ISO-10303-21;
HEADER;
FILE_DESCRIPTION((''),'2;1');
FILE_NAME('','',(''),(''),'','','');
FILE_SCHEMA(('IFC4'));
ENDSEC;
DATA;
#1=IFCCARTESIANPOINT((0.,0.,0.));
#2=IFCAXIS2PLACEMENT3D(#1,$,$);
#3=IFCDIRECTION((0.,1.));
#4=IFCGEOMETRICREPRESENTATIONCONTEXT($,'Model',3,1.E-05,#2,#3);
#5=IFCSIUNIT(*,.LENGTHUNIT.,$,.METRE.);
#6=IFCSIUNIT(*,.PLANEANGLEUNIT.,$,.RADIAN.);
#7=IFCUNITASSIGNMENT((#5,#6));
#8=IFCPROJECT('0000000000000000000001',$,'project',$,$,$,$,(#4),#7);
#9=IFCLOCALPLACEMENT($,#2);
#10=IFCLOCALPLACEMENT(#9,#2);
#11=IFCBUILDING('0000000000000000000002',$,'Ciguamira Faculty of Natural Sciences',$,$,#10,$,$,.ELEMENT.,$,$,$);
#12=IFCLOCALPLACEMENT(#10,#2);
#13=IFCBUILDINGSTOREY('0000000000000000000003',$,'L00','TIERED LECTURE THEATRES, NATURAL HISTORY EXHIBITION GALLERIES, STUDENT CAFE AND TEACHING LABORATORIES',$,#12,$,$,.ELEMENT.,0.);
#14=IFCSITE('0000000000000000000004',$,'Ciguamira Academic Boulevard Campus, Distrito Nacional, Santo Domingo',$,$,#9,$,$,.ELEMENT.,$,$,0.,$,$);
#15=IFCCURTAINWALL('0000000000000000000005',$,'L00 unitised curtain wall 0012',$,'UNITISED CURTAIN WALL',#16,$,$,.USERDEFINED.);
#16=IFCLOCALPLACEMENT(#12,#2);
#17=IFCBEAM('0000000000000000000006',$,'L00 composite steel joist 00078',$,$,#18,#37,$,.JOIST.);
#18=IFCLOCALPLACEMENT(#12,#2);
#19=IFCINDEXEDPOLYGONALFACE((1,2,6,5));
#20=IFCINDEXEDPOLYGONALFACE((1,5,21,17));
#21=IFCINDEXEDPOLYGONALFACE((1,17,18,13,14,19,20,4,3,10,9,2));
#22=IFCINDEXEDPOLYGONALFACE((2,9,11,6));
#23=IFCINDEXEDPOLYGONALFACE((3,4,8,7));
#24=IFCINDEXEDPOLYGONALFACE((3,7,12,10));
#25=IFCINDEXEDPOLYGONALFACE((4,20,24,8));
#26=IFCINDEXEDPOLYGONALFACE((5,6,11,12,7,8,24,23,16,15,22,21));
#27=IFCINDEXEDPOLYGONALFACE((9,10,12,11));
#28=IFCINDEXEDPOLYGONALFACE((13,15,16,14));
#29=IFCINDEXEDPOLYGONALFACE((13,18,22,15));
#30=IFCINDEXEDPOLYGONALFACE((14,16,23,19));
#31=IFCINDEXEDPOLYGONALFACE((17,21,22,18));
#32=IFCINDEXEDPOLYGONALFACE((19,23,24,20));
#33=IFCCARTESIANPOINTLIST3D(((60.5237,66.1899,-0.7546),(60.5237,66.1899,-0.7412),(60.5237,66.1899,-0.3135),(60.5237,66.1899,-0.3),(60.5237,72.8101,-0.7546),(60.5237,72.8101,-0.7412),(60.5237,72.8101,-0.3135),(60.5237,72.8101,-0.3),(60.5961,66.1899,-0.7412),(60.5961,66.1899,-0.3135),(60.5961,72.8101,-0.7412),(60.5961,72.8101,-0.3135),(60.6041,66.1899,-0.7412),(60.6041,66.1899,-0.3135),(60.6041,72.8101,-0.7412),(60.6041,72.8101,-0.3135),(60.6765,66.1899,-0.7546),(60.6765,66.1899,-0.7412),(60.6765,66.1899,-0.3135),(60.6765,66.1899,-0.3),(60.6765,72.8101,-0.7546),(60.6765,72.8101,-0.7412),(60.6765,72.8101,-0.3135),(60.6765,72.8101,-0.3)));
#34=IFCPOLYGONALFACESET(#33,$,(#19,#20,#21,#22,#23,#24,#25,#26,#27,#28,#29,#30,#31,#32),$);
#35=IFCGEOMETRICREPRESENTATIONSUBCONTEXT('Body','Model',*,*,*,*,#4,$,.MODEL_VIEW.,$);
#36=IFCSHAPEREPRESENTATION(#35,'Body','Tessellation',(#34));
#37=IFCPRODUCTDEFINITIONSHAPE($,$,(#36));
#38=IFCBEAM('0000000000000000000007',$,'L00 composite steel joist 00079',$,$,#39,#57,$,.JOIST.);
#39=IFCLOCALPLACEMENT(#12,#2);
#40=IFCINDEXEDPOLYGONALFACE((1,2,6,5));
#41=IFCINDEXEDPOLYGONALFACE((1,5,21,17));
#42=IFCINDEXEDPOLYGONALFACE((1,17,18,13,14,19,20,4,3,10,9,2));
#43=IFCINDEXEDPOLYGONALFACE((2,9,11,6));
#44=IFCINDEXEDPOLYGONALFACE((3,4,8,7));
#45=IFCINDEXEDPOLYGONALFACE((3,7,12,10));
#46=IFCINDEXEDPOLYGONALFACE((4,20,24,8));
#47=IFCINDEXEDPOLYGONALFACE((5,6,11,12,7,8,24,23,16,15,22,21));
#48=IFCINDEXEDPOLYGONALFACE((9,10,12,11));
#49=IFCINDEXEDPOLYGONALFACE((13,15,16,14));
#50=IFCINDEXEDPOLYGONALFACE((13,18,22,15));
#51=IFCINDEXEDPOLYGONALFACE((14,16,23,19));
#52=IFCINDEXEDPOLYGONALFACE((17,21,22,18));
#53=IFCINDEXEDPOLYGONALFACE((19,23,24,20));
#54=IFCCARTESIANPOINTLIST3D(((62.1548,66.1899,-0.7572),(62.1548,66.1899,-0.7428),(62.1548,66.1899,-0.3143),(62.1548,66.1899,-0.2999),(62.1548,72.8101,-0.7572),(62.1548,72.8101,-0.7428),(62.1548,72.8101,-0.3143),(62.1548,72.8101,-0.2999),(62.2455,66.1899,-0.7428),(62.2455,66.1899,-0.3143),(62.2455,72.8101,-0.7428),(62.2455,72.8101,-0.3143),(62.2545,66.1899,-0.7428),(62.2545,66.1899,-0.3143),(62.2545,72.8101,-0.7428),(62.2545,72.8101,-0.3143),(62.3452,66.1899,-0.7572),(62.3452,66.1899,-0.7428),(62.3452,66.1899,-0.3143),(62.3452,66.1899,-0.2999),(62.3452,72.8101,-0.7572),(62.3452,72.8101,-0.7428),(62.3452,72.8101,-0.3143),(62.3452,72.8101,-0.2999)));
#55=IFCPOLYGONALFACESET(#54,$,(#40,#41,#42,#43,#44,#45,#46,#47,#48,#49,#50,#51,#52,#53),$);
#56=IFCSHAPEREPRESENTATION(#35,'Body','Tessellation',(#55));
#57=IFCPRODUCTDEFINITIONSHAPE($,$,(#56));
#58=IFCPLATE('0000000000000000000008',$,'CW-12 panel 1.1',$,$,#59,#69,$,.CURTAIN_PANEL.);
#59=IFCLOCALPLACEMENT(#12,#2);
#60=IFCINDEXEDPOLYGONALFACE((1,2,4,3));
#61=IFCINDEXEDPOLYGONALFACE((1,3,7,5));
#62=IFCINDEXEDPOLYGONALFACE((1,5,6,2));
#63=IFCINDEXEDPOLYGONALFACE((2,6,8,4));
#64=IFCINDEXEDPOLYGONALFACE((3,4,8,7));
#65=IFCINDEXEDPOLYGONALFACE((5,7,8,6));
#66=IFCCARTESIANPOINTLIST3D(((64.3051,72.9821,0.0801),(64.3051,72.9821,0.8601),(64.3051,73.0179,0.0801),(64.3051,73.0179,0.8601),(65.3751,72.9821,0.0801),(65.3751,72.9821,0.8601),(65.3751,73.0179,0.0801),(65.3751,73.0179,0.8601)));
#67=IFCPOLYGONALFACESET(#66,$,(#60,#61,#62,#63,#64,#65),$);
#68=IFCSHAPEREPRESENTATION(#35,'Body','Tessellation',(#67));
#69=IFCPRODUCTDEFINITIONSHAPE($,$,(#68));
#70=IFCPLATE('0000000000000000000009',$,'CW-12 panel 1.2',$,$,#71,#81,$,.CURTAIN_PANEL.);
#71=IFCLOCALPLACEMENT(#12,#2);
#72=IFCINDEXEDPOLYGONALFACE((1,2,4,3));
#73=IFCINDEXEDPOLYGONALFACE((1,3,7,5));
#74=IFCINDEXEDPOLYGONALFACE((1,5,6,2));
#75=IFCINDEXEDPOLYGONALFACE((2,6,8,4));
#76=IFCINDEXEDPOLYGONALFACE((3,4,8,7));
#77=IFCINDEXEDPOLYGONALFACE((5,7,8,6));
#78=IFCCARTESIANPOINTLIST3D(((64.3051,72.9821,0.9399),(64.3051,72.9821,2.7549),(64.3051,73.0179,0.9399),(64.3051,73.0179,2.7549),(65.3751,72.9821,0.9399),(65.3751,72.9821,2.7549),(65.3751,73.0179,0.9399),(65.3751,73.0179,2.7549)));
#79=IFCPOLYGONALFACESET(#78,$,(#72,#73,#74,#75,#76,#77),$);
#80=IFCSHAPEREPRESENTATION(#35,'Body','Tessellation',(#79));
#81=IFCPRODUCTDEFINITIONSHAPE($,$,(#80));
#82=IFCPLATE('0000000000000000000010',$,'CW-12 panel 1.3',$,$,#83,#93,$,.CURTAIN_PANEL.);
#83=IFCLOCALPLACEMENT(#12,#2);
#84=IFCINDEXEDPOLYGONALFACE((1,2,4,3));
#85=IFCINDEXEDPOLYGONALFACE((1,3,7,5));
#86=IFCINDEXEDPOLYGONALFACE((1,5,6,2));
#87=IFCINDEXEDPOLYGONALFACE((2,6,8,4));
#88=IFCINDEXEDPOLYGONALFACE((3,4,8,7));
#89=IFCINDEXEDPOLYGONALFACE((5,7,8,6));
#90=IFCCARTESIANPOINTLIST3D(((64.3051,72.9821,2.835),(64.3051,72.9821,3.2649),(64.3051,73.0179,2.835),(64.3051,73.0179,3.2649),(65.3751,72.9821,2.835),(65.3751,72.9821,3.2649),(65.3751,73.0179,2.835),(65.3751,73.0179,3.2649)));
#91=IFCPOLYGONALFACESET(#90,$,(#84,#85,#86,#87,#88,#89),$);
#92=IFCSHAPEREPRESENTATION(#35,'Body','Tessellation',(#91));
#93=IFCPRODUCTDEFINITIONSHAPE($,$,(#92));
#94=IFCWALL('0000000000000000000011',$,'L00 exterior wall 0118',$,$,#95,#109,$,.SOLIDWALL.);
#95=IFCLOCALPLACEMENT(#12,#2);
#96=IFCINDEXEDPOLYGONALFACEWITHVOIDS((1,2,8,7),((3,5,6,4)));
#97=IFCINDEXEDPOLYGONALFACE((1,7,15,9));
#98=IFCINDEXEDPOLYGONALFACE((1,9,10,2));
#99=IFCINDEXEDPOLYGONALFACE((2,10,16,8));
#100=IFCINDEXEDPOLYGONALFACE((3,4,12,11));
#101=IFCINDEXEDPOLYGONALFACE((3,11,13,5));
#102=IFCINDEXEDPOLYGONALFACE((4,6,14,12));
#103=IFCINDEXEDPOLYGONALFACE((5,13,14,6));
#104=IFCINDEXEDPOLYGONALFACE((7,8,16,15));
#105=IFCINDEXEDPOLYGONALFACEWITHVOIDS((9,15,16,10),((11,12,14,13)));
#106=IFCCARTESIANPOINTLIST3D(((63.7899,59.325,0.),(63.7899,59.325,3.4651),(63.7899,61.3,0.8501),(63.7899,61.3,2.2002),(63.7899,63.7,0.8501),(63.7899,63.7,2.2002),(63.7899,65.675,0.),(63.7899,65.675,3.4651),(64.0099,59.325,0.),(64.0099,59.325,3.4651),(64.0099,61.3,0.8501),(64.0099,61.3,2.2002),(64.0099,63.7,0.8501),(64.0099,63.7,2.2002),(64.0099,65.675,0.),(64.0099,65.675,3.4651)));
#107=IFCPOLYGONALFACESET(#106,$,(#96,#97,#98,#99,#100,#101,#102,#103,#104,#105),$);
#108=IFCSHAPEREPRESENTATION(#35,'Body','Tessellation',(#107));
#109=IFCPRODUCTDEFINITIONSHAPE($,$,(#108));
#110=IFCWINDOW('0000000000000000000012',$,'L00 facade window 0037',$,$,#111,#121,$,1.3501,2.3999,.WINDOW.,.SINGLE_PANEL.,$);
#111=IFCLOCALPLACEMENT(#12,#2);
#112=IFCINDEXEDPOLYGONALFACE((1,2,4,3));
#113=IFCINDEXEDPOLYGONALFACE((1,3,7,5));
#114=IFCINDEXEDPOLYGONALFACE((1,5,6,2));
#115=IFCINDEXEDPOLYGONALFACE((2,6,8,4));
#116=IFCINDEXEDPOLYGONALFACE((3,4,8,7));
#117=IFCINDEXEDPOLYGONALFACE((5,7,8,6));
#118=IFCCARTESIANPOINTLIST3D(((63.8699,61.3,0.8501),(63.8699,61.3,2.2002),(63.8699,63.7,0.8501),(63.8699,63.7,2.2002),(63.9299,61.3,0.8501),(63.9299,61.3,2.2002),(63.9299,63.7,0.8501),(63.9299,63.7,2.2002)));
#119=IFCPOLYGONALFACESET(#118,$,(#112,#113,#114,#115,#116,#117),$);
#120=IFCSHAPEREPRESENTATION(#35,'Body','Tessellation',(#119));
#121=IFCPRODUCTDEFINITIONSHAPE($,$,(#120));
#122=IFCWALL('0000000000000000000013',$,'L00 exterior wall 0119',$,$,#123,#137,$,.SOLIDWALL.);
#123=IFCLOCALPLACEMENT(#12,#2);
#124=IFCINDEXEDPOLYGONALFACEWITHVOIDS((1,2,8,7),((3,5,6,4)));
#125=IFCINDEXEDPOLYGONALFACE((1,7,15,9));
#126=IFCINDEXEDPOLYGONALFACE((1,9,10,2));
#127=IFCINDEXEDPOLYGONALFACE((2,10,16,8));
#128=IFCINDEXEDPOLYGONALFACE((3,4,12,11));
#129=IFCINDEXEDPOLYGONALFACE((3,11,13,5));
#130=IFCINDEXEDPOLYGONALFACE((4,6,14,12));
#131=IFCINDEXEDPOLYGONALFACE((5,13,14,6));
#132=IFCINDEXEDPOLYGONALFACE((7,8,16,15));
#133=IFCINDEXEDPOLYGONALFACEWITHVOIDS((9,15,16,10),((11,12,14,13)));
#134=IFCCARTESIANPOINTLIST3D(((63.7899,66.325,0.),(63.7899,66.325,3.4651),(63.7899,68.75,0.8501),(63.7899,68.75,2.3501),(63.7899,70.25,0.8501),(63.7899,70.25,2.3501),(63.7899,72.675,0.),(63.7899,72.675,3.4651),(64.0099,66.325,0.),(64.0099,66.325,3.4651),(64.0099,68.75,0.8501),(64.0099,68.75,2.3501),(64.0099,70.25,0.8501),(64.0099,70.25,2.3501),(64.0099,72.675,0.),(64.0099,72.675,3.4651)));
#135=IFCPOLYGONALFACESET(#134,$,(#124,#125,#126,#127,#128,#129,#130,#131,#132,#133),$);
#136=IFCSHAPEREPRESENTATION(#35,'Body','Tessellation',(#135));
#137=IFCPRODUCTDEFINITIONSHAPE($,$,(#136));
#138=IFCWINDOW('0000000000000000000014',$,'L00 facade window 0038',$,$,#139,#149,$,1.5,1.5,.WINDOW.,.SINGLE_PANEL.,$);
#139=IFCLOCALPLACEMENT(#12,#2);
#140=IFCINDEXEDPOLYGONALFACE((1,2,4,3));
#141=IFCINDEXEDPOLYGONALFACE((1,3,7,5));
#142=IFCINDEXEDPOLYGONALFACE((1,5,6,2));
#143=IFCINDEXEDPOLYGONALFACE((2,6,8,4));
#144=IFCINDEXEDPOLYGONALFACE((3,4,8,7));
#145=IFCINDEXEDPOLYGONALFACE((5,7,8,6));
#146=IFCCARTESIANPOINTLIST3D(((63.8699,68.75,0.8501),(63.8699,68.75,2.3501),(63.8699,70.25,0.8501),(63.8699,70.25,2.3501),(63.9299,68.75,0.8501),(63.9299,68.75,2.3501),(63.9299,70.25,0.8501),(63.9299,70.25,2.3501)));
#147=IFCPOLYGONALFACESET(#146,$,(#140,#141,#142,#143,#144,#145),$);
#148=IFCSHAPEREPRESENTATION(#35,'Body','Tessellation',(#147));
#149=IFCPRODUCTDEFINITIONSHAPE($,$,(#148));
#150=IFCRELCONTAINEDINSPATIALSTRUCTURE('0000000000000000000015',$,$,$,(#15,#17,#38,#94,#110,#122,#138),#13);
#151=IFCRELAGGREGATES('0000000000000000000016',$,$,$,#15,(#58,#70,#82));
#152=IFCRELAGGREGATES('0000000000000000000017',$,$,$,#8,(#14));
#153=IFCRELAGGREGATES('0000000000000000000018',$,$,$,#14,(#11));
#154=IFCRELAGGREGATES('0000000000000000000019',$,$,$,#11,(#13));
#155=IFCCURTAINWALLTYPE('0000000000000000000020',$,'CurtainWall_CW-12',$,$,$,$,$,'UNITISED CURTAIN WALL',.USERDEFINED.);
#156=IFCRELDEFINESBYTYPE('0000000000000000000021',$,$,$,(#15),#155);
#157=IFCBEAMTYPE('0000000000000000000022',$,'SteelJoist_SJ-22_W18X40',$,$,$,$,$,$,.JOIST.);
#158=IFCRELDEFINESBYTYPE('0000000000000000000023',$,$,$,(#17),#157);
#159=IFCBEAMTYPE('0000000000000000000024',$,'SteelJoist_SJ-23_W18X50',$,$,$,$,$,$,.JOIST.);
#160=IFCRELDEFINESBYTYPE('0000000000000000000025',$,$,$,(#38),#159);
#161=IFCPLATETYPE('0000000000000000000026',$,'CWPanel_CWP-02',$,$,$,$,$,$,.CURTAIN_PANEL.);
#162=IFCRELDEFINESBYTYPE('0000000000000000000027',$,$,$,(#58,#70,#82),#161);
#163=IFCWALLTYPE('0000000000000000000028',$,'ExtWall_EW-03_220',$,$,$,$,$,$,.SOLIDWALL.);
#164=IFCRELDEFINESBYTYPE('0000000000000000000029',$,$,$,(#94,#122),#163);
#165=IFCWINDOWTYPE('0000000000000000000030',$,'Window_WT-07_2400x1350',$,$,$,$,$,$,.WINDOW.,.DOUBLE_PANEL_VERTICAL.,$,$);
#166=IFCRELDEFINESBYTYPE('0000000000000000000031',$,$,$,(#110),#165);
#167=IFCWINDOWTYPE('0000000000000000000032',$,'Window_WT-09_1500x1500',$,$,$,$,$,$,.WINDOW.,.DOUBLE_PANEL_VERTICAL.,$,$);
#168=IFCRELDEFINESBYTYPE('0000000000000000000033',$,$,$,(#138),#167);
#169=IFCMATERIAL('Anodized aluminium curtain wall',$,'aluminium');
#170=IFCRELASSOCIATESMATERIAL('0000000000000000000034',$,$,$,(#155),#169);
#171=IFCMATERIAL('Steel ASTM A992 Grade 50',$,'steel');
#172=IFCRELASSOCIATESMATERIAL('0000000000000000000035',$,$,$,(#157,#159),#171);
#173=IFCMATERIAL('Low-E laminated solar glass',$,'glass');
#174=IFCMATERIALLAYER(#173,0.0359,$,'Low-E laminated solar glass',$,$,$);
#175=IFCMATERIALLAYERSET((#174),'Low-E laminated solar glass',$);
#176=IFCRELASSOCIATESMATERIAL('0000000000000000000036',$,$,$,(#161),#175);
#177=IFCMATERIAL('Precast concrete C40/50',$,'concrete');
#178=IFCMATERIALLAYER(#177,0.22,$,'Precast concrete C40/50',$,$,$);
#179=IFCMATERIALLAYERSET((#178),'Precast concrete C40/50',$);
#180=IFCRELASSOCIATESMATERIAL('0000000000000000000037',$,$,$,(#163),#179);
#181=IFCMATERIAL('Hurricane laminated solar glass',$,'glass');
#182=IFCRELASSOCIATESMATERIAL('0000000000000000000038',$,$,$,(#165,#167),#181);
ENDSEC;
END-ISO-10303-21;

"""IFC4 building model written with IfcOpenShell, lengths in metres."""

from ifc_helpers import new_model, si_unit, direction, frame, frame_2d, origin, origin_2d, place, context, subcontext, project, spatial, rectangle, i_section, extrude, material, layer, layer_set, material_profile, profile_set, type_object, element, fill, aggregate, save


model = new_model("IFC4")

# Units and contexts
model_context = context("Model", 3, precision=1e-05, world=origin(), true_north=direction((0.0, 1.0)))
body_context = subcontext(model_context, "Body", "Model", "MODEL_VIEW")
ifc_project = project(units=[si_unit("LENGTHUNIT", "METRE"), si_unit("PLANEANGLEUNIT", "RADIAN")], contexts=[model_context])

# Site, building, storey
site_placement = place(None, origin())
site = spatial("IfcSite", under=ifc_project, at=site_placement, Name="Ciguamira Academic Boulevard Campus, Distrito Nacional, Santo Domingo", CompositionType="ELEMENT", RefElevation=0.0)
building_placement = place(site_placement, origin())
building = spatial("IfcBuilding", under=site, at=building_placement, Name="Ciguamira Faculty of Natural Sciences", CompositionType="ELEMENT")
storey_placement = place(building_placement, origin())
storey = spatial("IfcBuildingStorey", under=building, at=storey_placement, Name="L00", Description="TIERED LECTURE THEATRES, NATURAL HISTORY EXHIBITION GALLERIES, STUDENT CAFE AND TEACHING LABORATORIES", CompositionType="ELEMENT", Elevation=0.0)

# Curtain wall
ifc_material_1 = material(Name="Anodized aluminium curtain wall", Category="aluminium")
curtain_wall_type = type_object("IfcCurtainWallType", Name="CurtainWall_CW-12", ElementType="UNITISED CURTAIN WALL", PredefinedType="USERDEFINED", material=ifc_material_1)
curtain_wall_placement = place(storey_placement, origin())
curtain_wall = element("IfcCurtainWall", 1, at=curtain_wall_placement, inside=storey, type_object=curtain_wall_type, Name="L00 unitised curtain wall 0012", ObjectType="UNITISED CURTAIN WALL", PredefinedType="USERDEFINED")

# Beams
ifc_material_2 = material(Name="Precast concrete C40/50", Category="concrete")
ifc_material_3 = material(Name="Steel ASTM A992 Grade 50", Category="steel")
ifc_material_profile_1 = material_profile(ifc_material_3, i_section(OverallWidth=0.1528, OverallDepth=0.4546, WebThickness=0.0081, FlangeThickness=0.0134, at=origin_2d()), Name="W18X40")
ifc_profile_set_1 = profile_set([ifc_material_profile_1], Name="Steel ASTM A992 Grade 50")
beam_type_1 = type_object("IfcBeamType", Name="SteelJoist_SJ-22_W18X40", PredefinedType="JOIST", material=ifc_profile_set_1)
beam_1_placement = place(storey_placement, frame((60.6001, 66.1899, -0.5273), z_axis=(0.0, 1.0, 0.0), x_axis=(-1.0, 0.0, 0.0)))
element("IfcBeam", 2, at=beam_1_placement, inside=storey, type_object=beam_type_1, Name="L00 composite steel joist 00078", PredefinedType="JOIST", context=body_context, shape_type="SweptSolid", body=[
    extrude(i_section(OverallWidth=0.1528, OverallDepth=0.4546, WebThickness=0.0081, FlangeThickness=0.0134, at=origin_2d()), origin(), (0.0, 0.0, 1.0), 6.6201),
])
ifc_material_profile_2 = material_profile(ifc_material_3, i_section(OverallWidth=0.1904, OverallDepth=0.4573, WebThickness=0.009, FlangeThickness=0.0144, at=origin_2d()), Name="W18X50")
ifc_profile_set_2 = profile_set([ifc_material_profile_2], Name="Steel ASTM A992 Grade 50")
beam_type_2 = type_object("IfcBeamType", Name="SteelJoist_SJ-23_W18X50", PredefinedType="JOIST", material=ifc_profile_set_2)
beam_2_placement = place(storey_placement, frame((62.25, 66.1899, -0.5286), z_axis=(0.0, 1.0, 0.0), x_axis=(-1.0, 0.0, 0.0)))
element("IfcBeam", 3, at=beam_2_placement, inside=storey, type_object=beam_type_2, Name="L00 composite steel joist 00079", PredefinedType="JOIST", context=body_context, shape_type="SweptSolid", body=[
    extrude(i_section(OverallWidth=0.1904, OverallDepth=0.4573, WebThickness=0.009, FlangeThickness=0.0144, at=origin_2d()), origin(), (0.0, 0.0, 1.0), 6.6201),
])

# Plates
ifc_material_4 = material(Name="Low-E laminated solar glass", Category="glass")
ifc_layer_1 = layer(ifc_material_4, 0.0359, Name="Low-E laminated solar glass")
ifc_layer_set_1 = layer_set([ifc_layer_1], Name="Low-E laminated solar glass")
plate_type = type_object("IfcPlateType", Name="CWPanel_CWP-02", PredefinedType="CURTAIN_PANEL", material=ifc_layer_set_1)
plate_1_placement = place(storey_placement, frame((64.8401, 73.0, 0.0801), z_axis=(0.0, 0.0, 1.0), x_axis=(1.0, 0.0, 0.0)))
plate_1 = element("IfcPlate", 4, at=plate_1_placement, type_object=plate_type, Name="CW-12 panel 1.1", PredefinedType="CURTAIN_PANEL", context=body_context, shape_type="SweptSolid", body=[
    extrude(rectangle(XDim=1.0701, YDim=0.0359, at=origin_2d()), origin(), (0.0, 0.0, 1.0), 0.78),
])
plate_2_placement = place(storey_placement, frame((64.8401, 73.0, 0.9399), z_axis=(0.0, 0.0, 1.0), x_axis=(1.0, 0.0, 0.0)))
plate_2 = element("IfcPlate", 5, at=plate_2_placement, type_object=plate_type, Name="CW-12 panel 1.2", PredefinedType="CURTAIN_PANEL", context=body_context, shape_type="SweptSolid", body=[
    extrude(rectangle(XDim=1.0701, YDim=0.0359, at=origin_2d()), origin(), (0.0, 0.0, 1.0), 1.8149),
])
plate_3_placement = place(storey_placement, frame((64.8401, 73.0, 2.835), z_axis=(0.0, 0.0, 1.0), x_axis=(1.0, 0.0, 0.0)))
plate_3 = element("IfcPlate", 6, at=plate_3_placement, type_object=plate_type, Name="CW-12 panel 1.3", PredefinedType="CURTAIN_PANEL", context=body_context, shape_type="SweptSolid", body=[
    extrude(rectangle(XDim=1.0701, YDim=0.0359, at=origin_2d()), origin(), (0.0, 0.0, 1.0), 0.4299),
])
aggregate(curtain_wall, [plate_1, plate_2, plate_3])

# Walls, openings, windows
ifc_layer_2 = layer(ifc_material_2, 0.22, Name="Precast concrete C40/50")
ifc_layer_set_2 = layer_set([ifc_layer_2], Name="Precast concrete C40/50")
wall_type = type_object("IfcWallType", Name="ExtWall_EW-03_220", PredefinedType="SOLIDWALL", material=ifc_layer_set_2)
wall_1_placement = place(storey_placement, frame((63.8999, 59.325, 0.0), z_axis=(0.0, 0.0, 1.0), x_axis=(0.0, 1.0, 0.0)))
wall_1 = element("IfcWall", 7, at=wall_1_placement, inside=storey, type_object=wall_type, Name="L00 exterior wall 0118", PredefinedType="SOLIDWALL", context=body_context, shape_type="SweptSolid", body=[
    extrude(rectangle(XDim=6.3501, YDim=0.22, at=frame_2d((3.175, 0.0))), origin(), (0.0, 0.0, 1.0), 3.4651),
])
opening_1_placement = place(wall_1_placement, frame((1.9751, 0.0, 0.8501)))
opening_1 = element("IfcOpeningElement", 8, at=opening_1_placement, cuts=wall_1, PredefinedType="OPENING", context=body_context, shape_type="SweptSolid", body=[
    extrude(rectangle(XDim=2.3999, YDim=1.3501, at=frame_2d((1.2, 0.675))), frame((0.0, 0.1199, 0.0), z_axis=(0.0, -1.0, 0.0), x_axis=(1.0, 0.0, 0.0)), (0.0, 0.0, 1.0), 0.24),
])
ifc_material_5 = material(Name="Hurricane laminated solar glass", Category="glass")
window_type_1 = type_object("IfcWindowType", Name="Window_WT-07_2400x1350", PartitioningType="DOUBLE_PANEL_VERTICAL", PredefinedType="WINDOW", material=ifc_material_5)
window_1_placement = place(opening_1_placement, origin())
window_1 = element("IfcWindow", 9, at=window_1_placement, inside=storey, type_object=window_type_1, Name="L00 facade window 0037", OverallHeight=1.3501, OverallWidth=2.3999, PartitioningType="SINGLE_PANEL", PredefinedType="WINDOW", context=body_context, shape_type="SweptSolid", body=[
    extrude(rectangle(XDim=2.3999, YDim=1.3501, at=frame_2d((1.2, 0.675))), frame((0.0, 0.03, 0.0), z_axis=(0.0, -1.0, 0.0), x_axis=(1.0, 0.0, 0.0)), (0.0, 0.0, 1.0), 0.0601),
])
fill(opening_1, window_1)
wall_2_placement = place(storey_placement, frame((63.8999, 66.325, 0.0), z_axis=(0.0, 0.0, 1.0), x_axis=(0.0, 1.0, 0.0)))
wall_2 = element("IfcWall", 10, at=wall_2_placement, inside=storey, type_object=wall_type, Name="L00 exterior wall 0119", PredefinedType="SOLIDWALL", context=body_context, shape_type="SweptSolid", body=[
    extrude(rectangle(XDim=6.3501, YDim=0.22, at=frame_2d((3.175, 0.0))), origin(), (0.0, 0.0, 1.0), 3.4651),
])
opening_2_placement = place(wall_2_placement, frame((2.425, 0.0, 0.8501)))
opening_2 = element("IfcOpeningElement", 11, at=opening_2_placement, cuts=wall_2, PredefinedType="OPENING", context=body_context, shape_type="SweptSolid", body=[
    extrude(rectangle(XDim=1.5, YDim=1.5, at=frame_2d((0.75, 0.75))), frame((0.0, 0.1199, 0.0), z_axis=(0.0, -1.0, 0.0), x_axis=(1.0, 0.0, 0.0)), (0.0, 0.0, 1.0), 0.24),
])
window_type_2 = type_object("IfcWindowType", Name="Window_WT-09_1500x1500", PartitioningType="DOUBLE_PANEL_VERTICAL", PredefinedType="WINDOW", material=ifc_material_5)
window_2_placement = place(opening_2_placement, origin())
window_2 = element("IfcWindow", 12, at=window_2_placement, inside=storey, type_object=window_type_2, Name="L00 facade window 0038", OverallHeight=1.5, OverallWidth=1.5, PartitioningType="SINGLE_PANEL", PredefinedType="WINDOW", context=body_context, shape_type="SweptSolid", body=[
    extrude(rectangle(XDim=1.5, YDim=1.5, at=frame_2d((0.75, 0.75))), frame((0.0, 0.03, 0.0), z_axis=(0.0, -1.0, 0.0), x_axis=(1.0, 0.0, 0.0)), (0.0, 0.0, 1.0), 0.0601),
])
fill(opening_2, window_2)

save(model, "model.ifc")
